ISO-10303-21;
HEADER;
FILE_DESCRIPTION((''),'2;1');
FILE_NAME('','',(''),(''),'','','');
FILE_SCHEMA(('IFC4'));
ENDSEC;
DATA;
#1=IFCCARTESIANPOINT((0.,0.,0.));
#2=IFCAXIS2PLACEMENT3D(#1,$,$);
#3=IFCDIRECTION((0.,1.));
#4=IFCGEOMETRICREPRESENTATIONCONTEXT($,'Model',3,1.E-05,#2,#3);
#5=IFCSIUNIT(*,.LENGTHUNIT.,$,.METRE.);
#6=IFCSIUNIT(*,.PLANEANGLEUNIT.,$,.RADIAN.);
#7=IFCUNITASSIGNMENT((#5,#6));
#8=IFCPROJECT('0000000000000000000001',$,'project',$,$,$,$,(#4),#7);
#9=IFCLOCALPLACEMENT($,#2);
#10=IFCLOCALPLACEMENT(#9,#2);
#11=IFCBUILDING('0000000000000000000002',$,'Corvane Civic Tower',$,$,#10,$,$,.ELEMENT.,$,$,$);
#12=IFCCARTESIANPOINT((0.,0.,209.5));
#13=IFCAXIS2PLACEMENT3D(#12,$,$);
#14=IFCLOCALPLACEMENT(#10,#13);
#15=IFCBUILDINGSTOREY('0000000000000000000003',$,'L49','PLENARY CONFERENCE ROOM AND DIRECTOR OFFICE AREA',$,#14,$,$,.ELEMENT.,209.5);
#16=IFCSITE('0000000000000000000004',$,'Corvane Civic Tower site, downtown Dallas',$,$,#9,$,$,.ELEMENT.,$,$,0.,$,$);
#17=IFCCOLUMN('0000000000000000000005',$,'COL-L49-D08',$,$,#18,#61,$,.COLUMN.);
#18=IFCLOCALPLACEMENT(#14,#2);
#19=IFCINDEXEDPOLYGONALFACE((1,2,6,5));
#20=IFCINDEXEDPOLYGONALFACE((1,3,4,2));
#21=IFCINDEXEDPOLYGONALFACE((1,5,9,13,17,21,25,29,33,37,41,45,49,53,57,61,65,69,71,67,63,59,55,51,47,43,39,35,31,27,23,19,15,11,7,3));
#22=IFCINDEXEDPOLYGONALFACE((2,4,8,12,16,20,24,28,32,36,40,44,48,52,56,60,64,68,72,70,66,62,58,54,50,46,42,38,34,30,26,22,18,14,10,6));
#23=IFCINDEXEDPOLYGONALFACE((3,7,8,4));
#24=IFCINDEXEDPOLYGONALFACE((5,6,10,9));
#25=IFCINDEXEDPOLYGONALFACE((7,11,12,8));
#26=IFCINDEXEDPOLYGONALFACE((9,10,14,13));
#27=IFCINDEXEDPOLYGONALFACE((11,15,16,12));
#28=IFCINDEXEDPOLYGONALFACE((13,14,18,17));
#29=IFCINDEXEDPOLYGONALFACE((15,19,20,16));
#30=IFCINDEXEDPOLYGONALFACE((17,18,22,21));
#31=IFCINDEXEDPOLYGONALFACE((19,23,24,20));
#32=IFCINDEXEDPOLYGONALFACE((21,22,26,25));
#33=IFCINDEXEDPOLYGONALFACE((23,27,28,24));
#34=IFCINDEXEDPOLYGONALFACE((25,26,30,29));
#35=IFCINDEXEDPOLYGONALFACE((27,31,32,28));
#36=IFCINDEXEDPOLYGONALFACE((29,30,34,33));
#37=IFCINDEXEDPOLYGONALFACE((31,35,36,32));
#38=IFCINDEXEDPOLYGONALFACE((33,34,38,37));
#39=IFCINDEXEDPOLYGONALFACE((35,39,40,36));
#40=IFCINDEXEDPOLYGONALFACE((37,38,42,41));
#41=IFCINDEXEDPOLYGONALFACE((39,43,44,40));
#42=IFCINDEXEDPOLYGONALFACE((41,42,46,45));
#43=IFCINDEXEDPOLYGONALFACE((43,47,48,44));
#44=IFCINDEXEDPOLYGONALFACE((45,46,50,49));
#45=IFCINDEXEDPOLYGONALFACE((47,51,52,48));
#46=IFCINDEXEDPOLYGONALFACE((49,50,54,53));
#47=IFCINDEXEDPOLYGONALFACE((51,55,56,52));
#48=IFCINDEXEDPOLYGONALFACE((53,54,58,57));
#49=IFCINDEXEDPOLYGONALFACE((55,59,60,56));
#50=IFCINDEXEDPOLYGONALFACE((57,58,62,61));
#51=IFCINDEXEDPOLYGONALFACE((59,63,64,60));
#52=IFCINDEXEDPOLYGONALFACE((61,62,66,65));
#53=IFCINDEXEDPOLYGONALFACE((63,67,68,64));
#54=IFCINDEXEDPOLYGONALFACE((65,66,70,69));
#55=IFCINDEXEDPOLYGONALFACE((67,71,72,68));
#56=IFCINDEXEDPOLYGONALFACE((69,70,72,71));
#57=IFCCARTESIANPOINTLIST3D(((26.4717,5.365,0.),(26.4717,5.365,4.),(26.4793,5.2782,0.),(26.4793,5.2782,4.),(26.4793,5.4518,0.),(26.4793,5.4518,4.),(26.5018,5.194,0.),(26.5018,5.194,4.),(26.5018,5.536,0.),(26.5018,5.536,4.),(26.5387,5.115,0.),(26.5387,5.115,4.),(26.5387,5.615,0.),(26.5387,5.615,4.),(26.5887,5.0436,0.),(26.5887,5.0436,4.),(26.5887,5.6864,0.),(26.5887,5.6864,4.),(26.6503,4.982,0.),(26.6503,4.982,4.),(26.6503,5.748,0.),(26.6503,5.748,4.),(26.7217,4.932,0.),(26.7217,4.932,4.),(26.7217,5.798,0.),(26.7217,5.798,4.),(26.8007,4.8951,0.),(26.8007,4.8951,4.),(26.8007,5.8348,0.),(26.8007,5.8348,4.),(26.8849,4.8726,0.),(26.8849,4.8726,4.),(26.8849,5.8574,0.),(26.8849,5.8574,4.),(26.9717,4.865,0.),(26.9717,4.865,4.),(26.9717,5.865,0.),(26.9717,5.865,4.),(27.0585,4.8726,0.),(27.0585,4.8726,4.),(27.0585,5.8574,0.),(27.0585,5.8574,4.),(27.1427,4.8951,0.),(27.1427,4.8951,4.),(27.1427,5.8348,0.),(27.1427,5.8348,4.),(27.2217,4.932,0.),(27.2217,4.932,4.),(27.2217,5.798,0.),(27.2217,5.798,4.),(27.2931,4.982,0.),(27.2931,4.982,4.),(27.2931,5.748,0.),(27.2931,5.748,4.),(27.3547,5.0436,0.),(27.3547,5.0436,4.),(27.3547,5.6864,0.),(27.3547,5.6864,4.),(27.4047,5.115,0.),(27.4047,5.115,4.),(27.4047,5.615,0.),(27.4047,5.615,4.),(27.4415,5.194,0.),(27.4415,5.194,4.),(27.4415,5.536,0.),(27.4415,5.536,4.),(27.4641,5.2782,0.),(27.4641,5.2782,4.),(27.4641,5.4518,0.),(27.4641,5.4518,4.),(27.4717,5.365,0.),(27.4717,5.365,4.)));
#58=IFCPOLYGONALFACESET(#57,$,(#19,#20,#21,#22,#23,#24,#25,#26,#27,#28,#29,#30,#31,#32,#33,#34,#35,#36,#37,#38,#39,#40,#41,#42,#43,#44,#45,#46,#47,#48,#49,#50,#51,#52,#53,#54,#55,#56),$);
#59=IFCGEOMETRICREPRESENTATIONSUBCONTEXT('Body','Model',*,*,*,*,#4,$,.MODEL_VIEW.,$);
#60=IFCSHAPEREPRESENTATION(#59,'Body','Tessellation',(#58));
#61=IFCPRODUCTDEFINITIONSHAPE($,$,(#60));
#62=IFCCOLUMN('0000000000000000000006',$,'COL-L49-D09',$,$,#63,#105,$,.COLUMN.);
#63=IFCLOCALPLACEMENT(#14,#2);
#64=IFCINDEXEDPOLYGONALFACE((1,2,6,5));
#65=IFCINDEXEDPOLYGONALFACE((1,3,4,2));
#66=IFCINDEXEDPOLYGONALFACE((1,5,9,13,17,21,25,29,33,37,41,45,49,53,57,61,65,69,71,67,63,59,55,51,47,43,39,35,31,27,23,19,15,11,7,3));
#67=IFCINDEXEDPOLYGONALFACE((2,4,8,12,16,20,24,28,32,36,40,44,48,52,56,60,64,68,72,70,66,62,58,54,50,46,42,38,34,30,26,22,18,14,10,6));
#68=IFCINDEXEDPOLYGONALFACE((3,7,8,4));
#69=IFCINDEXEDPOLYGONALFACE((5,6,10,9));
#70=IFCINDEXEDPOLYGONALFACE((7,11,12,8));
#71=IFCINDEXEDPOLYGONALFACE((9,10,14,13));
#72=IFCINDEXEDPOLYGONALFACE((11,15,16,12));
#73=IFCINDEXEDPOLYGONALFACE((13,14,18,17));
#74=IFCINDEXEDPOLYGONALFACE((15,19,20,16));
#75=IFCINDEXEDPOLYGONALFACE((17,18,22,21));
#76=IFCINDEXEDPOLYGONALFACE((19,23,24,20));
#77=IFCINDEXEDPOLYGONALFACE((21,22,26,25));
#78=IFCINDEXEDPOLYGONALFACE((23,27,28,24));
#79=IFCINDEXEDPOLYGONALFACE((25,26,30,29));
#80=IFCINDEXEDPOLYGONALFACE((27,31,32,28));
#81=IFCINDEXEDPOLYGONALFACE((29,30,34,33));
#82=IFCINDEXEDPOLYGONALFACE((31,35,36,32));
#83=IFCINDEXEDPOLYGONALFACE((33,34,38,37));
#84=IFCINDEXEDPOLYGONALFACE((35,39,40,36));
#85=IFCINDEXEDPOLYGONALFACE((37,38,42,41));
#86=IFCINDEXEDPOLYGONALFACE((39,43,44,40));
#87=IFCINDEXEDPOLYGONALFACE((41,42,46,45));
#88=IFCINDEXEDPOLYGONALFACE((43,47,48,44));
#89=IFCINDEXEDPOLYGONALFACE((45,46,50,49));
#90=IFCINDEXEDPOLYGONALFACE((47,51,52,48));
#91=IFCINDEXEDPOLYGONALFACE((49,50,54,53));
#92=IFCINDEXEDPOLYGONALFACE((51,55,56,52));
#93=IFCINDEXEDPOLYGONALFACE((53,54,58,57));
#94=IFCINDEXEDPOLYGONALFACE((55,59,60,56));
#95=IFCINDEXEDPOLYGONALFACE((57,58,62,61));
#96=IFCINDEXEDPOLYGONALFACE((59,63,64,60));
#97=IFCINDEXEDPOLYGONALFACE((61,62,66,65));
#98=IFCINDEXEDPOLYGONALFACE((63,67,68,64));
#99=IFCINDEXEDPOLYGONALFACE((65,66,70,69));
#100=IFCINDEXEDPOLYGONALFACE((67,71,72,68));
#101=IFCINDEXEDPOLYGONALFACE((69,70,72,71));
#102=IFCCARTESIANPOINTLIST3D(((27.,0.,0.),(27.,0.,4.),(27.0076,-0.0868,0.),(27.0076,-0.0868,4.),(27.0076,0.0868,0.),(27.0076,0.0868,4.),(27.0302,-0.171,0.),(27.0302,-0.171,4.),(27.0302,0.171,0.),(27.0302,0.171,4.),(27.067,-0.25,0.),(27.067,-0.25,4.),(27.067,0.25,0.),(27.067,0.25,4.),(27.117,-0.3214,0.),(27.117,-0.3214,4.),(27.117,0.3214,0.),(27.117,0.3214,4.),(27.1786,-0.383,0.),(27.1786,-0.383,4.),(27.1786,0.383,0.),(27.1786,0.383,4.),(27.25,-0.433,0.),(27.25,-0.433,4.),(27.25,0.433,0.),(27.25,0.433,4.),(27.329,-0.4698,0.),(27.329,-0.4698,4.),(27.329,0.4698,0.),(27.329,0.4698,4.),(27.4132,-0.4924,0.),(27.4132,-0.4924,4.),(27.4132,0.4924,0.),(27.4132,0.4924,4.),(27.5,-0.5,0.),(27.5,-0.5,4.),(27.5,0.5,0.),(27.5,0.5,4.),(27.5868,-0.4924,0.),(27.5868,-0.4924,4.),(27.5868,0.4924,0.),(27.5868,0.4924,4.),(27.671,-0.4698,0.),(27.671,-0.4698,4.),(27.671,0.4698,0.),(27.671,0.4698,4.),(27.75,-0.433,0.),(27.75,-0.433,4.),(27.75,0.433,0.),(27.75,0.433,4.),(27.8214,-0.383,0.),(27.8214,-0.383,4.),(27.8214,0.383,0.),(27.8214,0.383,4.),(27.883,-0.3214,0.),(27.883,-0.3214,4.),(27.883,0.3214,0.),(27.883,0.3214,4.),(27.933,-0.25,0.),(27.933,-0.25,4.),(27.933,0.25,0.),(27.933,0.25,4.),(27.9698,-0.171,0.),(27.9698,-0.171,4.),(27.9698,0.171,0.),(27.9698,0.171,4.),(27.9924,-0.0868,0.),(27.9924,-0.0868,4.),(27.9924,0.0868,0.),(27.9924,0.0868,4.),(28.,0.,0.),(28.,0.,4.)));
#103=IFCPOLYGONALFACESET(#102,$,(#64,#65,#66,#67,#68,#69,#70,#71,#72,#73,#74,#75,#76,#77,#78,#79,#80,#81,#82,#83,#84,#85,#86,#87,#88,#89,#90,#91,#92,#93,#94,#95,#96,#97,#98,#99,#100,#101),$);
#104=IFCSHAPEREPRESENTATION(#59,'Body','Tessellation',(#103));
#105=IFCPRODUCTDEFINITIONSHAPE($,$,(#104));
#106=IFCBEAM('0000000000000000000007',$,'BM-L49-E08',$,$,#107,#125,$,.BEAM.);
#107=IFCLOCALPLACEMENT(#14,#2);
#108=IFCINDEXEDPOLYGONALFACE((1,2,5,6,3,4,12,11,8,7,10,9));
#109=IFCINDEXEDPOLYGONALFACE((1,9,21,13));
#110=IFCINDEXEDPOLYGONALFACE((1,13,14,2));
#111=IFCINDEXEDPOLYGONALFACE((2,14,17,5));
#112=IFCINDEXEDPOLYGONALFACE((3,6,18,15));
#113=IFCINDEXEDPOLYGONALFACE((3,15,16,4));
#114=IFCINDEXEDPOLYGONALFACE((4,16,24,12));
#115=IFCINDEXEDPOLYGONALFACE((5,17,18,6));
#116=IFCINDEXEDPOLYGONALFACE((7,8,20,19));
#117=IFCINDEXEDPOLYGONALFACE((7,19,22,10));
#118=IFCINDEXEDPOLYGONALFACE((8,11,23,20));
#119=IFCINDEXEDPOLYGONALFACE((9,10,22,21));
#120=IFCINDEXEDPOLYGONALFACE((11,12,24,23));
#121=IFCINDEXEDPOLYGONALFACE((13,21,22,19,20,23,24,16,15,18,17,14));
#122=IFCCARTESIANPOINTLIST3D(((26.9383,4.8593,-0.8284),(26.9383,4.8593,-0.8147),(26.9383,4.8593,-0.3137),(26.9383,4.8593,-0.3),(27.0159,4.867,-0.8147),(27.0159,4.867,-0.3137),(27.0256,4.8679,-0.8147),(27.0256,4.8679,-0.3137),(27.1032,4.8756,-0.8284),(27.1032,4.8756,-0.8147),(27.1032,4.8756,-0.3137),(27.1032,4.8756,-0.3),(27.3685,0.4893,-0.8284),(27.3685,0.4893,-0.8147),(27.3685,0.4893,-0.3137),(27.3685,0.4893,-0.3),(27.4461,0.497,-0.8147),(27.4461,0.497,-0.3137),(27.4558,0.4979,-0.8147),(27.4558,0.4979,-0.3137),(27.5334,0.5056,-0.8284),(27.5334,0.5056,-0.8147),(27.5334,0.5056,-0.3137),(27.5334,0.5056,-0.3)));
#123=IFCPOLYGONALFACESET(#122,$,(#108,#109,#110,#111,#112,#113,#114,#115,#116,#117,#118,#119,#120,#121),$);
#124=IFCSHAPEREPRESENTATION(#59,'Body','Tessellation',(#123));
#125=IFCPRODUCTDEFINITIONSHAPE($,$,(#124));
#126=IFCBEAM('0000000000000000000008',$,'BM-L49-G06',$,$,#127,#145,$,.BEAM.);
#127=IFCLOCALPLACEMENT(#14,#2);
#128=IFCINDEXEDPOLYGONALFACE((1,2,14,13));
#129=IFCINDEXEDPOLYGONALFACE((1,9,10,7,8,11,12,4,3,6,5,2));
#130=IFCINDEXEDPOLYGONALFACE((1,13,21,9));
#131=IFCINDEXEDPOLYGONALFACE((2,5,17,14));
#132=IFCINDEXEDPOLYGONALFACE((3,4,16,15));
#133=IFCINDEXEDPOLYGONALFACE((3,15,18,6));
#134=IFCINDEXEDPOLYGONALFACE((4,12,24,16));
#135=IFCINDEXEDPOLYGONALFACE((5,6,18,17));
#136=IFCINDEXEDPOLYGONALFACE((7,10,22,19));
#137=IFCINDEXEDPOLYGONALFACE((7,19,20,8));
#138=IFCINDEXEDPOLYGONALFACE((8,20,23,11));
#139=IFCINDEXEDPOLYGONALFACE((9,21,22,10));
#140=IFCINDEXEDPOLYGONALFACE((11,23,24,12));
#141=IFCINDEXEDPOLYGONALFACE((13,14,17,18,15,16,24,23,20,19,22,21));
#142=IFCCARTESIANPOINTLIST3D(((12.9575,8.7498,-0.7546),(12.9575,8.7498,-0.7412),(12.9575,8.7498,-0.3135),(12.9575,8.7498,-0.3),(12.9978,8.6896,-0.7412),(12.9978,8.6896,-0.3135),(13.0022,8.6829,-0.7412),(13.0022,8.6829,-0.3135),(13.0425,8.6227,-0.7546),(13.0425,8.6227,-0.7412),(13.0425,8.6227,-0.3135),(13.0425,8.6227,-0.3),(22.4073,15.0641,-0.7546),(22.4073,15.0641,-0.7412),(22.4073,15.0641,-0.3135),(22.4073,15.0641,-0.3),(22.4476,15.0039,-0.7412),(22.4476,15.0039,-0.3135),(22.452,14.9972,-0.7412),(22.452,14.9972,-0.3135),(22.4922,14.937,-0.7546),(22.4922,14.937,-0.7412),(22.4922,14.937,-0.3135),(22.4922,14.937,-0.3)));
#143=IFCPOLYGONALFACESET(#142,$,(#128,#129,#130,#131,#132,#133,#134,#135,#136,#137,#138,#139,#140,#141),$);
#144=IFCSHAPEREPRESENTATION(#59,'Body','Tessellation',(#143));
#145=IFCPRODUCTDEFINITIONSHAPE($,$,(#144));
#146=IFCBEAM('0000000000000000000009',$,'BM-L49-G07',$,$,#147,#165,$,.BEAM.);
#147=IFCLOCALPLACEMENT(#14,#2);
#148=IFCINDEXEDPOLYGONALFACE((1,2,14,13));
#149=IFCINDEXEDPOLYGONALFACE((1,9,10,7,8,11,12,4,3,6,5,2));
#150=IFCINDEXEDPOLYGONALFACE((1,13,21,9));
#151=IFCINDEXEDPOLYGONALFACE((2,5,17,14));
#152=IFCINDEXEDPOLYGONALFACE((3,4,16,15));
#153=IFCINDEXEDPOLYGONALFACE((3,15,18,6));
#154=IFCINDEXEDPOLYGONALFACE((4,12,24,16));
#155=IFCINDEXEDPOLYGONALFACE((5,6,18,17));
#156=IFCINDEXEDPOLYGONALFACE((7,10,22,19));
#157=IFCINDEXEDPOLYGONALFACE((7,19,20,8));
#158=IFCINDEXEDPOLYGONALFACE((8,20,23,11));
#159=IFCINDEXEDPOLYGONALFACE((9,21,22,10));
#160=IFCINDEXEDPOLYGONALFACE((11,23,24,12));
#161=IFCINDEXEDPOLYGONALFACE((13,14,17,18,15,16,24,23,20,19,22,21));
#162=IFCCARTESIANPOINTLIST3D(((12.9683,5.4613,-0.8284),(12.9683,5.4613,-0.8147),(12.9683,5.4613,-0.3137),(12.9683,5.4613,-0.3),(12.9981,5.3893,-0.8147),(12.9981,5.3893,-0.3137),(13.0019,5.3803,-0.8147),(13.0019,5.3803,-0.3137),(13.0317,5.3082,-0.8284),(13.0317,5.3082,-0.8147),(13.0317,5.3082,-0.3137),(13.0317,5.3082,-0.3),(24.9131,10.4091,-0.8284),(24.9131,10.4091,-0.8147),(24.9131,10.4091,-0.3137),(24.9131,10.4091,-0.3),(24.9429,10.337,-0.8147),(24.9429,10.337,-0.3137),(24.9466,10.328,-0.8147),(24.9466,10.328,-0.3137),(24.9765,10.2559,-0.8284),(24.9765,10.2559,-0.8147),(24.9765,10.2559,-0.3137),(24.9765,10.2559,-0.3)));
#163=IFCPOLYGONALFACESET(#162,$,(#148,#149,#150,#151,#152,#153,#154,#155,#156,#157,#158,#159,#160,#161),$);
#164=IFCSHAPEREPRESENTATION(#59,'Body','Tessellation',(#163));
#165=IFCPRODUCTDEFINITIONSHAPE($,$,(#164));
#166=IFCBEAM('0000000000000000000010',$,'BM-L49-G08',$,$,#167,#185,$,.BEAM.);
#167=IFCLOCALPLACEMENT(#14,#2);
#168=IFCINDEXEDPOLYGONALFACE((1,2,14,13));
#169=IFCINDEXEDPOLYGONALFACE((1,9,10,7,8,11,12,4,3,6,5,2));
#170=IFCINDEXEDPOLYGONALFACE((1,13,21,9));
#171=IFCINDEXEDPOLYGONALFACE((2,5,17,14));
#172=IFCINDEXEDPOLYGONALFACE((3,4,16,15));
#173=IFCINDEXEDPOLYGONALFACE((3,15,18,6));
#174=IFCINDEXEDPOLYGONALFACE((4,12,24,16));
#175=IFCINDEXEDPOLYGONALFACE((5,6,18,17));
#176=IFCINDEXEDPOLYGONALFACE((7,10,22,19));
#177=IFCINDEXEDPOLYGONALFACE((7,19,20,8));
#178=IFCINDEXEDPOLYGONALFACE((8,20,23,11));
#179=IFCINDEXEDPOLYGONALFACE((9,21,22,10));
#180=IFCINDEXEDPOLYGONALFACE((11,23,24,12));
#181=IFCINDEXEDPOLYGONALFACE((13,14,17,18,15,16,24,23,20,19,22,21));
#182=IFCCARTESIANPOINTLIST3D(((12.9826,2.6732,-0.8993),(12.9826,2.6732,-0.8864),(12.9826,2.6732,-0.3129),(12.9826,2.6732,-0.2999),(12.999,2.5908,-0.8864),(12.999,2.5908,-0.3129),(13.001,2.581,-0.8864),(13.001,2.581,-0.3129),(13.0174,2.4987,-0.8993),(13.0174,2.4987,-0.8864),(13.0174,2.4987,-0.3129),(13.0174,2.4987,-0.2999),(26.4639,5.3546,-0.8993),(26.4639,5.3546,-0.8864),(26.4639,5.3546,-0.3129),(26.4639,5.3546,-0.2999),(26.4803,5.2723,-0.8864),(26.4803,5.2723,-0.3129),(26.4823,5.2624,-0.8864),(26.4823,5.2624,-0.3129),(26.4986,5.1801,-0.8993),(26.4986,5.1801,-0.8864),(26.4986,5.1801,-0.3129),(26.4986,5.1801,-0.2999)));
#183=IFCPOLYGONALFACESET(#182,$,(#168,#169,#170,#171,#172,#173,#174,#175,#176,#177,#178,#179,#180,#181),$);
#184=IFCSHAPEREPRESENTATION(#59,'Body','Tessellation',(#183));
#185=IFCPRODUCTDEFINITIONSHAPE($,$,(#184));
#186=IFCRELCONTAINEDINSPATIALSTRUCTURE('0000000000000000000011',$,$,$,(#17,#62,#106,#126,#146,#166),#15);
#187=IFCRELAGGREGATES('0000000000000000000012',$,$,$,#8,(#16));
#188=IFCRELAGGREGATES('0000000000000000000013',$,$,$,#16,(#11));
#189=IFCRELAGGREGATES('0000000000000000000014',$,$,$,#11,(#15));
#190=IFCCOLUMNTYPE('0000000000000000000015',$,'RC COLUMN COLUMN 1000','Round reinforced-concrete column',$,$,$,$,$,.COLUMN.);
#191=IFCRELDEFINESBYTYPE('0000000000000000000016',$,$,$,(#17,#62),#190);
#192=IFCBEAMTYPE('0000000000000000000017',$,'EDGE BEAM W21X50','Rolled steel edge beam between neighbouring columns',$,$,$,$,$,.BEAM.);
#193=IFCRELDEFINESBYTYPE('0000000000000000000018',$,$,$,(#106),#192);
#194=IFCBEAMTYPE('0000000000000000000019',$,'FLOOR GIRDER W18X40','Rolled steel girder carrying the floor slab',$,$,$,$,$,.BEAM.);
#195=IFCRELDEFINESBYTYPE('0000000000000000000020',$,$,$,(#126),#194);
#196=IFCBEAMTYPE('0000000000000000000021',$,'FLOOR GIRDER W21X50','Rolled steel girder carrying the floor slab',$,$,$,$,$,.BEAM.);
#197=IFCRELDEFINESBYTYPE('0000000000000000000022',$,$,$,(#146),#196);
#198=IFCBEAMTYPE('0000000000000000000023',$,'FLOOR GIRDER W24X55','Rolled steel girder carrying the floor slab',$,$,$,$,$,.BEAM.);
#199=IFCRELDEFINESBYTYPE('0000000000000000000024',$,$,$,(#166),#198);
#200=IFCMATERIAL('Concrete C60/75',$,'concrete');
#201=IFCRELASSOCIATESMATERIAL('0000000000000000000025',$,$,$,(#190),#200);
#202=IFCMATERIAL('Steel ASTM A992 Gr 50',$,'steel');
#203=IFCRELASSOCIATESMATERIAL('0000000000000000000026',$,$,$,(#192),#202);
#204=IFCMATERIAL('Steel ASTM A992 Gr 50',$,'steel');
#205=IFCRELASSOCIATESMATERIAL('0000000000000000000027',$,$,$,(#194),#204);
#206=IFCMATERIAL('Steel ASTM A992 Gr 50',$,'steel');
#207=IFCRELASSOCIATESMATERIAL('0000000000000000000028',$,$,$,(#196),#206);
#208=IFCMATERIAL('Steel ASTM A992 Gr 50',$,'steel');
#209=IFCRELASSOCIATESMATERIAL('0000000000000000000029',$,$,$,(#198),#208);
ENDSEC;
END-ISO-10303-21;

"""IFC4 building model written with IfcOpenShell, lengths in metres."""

from ifc_helpers import new_model, si_unit, direction, frame, origin, origin_2d, place, context, subcontext, project, spatial, circle, i_section, extrude, material, material_profile, profile_set, type_object, element, save


model = new_model("IFC4")

# Units and contexts
model_context = context("Model", 3, precision=1e-05, world=origin(), true_north=direction((0.0, 1.0)))
body_context = subcontext(model_context, "Body", "Model", "MODEL_VIEW")
ifc_project = project(units=[si_unit("LENGTHUNIT", "METRE"), si_unit("PLANEANGLEUNIT", "RADIAN")], contexts=[model_context])

# Site, building, storey
site_placement = place(None, origin())
site = spatial("IfcSite", under=ifc_project, at=site_placement, Name="Corvane Civic Tower site, downtown Dallas", CompositionType="ELEMENT", RefElevation=0.0)
building_placement = place(site_placement, origin())
building = spatial("IfcBuilding", under=site, at=building_placement, Name="Corvane Civic Tower", CompositionType="ELEMENT")
storey_placement = place(building_placement, frame((0.0, 0.0, 209.5)))
storey = spatial("IfcBuildingStorey", under=building, at=storey_placement, Name="L49", Description="PLENARY CONFERENCE ROOM AND DIRECTOR OFFICE AREA", CompositionType="ELEMENT", Elevation=209.5)

# Columns
ifc_material_1 = material(Name="Concrete C60/75", Category="concrete")
ifc_material_profile_1 = material_profile(ifc_material_1, circle(Radius=0.5, at=origin_2d()), Name="COLUMN 1000")
ifc_profile_set_1 = profile_set([ifc_material_profile_1], Name="Concrete C60/75")
column_type = type_object("IfcColumnType", Name="RC COLUMN COLUMN 1000", Description="Round reinforced-concrete column", PredefinedType="COLUMN", material=ifc_profile_set_1)
for number, where, z_axis, x_axis, name in (
    (1, (26.9717, 5.365, 0.0), (0.0, 0.0, 1.0), (1.0, 0.0, 0.0), "COL-L49-D08"),
    (2, (27.5, 0.0, 0.0), (0.0, 0.0, 1.0), (1.0, 0.0, 0.0), "COL-L49-D09"),
):
    element("IfcColumn", number, at=place(storey_placement, frame(where, z_axis=z_axis, x_axis=x_axis)), inside=storey, type_object=column_type, Name=name, PredefinedType="COLUMN", context=body_context, shape_type="SweptSolid", body=[
        extrude(circle(Radius=0.5, at=origin_2d()), origin(), (0.0, 0.0, 1.0), 4.0),
    ])

# Beams
ifc_material_2 = material(Name="Steel ASTM A992 Gr 50", Category="steel")
ifc_material_profile_2 = material_profile(ifc_material_2, i_section(OverallWidth=0.1658, OverallDepth=0.5283, WebThickness=0.0098, FlangeThickness=0.0137, at=origin_2d()), Name="W21X50")
ifc_profile_set_2 = profile_set([ifc_material_profile_2], Name="Steel ASTM A992 Gr 50")
beam_type_1 = type_object("IfcBeamType", Name="EDGE BEAM W21X50", Description="Rolled steel edge beam between neighbouring columns", PredefinedType="BEAM", material=ifc_profile_set_2)
beam_1_placement = place(storey_placement, frame((27.0208, 4.8674, -0.5642), z_axis=(0.097968, -0.99519, 0.0), x_axis=(0.99519, 0.097968, 0.0)))
element("IfcBeam", 3, at=beam_1_placement, inside=storey, type_object=beam_type_1, Name="BM-L49-E08", PredefinedType="BEAM", context=body_context, shape_type="SweptSolid", body=[
    extrude(i_section(OverallWidth=0.1658, OverallDepth=0.5283, WebThickness=0.0098, FlangeThickness=0.0137, at=origin_2d()), origin(), (0.0, 0.0, 1.0), 4.3911),
])
ifc_material_3 = material(Name="Steel ASTM A992 Gr 50", Category="steel")
ifc_material_profile_3 = material_profile(ifc_material_3, i_section(OverallWidth=0.1528, OverallDepth=0.4546, WebThickness=0.0081, FlangeThickness=0.0134, at=origin_2d()), Name="W18X40")
ifc_profile_set_3 = profile_set([ifc_material_profile_3], Name="Steel ASTM A992 Gr 50")
beam_type_2 = type_object("IfcBeamType", Name="FLOOR GIRDER W18X40", Description="Rolled steel girder carrying the floor slab", PredefinedType="BEAM", material=ifc_profile_set_3)
beam_2_placement = place(storey_placement, frame((13.0, 8.6863, -0.5273), z_axis=(0.831465, 0.555577, 0.0), x_axis=(-0.555577, 0.831465, 0.0)))
element("IfcBeam", 4, at=beam_2_placement, inside=storey, type_object=beam_type_2, Name="BM-L49-G06", PredefinedType="BEAM", context=body_context, shape_type="SweptSolid", body=[
    extrude(i_section(OverallWidth=0.1528, OverallDepth=0.4546, WebThickness=0.0081, FlangeThickness=0.0134, at=origin_2d()), origin(), (0.0, 0.0, 1.0), 11.3652),
])
ifc_material_4 = material(Name="Steel ASTM A992 Gr 50", Category="steel")
ifc_material_profile_4 = material_profile(ifc_material_4, i_section(OverallWidth=0.1658, OverallDepth=0.5283, WebThickness=0.0098, FlangeThickness=0.0137, at=origin_2d()), Name="W21X50")
ifc_profile_set_4 = profile_set([ifc_material_profile_4], Name="Steel ASTM A992 Gr 50")
beam_type_3 = type_object("IfcBeamType", Name="FLOOR GIRDER W21X50", Description="Rolled steel girder carrying the floor slab", PredefinedType="BEAM", material=ifc_profile_set_4)
beam_3_placement = place(storey_placement, frame((13.0, 5.3848, -0.5642), z_axis=(0.923878, 0.382686, 0.0), x_axis=(-0.382686, 0.923878, 0.0)))
element("IfcBeam", 5, at=beam_3_placement, inside=storey, type_object=beam_type_3, Name="BM-L49-G07", PredefinedType="BEAM", context=body_context, shape_type="SweptSolid", body=[
    extrude(i_section(OverallWidth=0.1658, OverallDepth=0.5283, WebThickness=0.0098, FlangeThickness=0.0137, at=origin_2d()), origin(), (0.0, 0.0, 1.0), 12.929),
])
ifc_material_5 = material(Name="Steel ASTM A992 Gr 50", Category="steel")
ifc_material_profile_5 = material_profile(ifc_material_5, i_section(OverallWidth=0.178, OverallDepth=0.5994, WebThickness=0.01, FlangeThickness=0.0129, at=origin_2d()), Name="W24X55")
ifc_profile_set_5 = profile_set([ifc_material_profile_5], Name="Steel ASTM A992 Gr 50")
beam_type_4 = type_object("IfcBeamType", Name="FLOOR GIRDER W24X55", Description="Rolled steel girder carrying the floor slab", PredefinedType="BEAM", material=ifc_profile_set_5)
beam_4_placement = place(storey_placement, frame((13.0, 2.5859, -0.5996), z_axis=(0.980788, 0.195078, 0.0), x_axis=(-0.195078, 0.980788, 0.0)))
element("IfcBeam", 6, at=beam_4_placement, inside=storey, type_object=beam_type_4, Name="BM-L49-G08", PredefinedType="BEAM", context=body_context, shape_type="SweptSolid", body=[
    extrude(i_section(OverallWidth=0.178, OverallDepth=0.5994, WebThickness=0.01, FlangeThickness=0.0129, at=origin_2d()), origin(), (0.0, 0.0, 1.0), 13.7454),
])

save(model, "model.ifc")
